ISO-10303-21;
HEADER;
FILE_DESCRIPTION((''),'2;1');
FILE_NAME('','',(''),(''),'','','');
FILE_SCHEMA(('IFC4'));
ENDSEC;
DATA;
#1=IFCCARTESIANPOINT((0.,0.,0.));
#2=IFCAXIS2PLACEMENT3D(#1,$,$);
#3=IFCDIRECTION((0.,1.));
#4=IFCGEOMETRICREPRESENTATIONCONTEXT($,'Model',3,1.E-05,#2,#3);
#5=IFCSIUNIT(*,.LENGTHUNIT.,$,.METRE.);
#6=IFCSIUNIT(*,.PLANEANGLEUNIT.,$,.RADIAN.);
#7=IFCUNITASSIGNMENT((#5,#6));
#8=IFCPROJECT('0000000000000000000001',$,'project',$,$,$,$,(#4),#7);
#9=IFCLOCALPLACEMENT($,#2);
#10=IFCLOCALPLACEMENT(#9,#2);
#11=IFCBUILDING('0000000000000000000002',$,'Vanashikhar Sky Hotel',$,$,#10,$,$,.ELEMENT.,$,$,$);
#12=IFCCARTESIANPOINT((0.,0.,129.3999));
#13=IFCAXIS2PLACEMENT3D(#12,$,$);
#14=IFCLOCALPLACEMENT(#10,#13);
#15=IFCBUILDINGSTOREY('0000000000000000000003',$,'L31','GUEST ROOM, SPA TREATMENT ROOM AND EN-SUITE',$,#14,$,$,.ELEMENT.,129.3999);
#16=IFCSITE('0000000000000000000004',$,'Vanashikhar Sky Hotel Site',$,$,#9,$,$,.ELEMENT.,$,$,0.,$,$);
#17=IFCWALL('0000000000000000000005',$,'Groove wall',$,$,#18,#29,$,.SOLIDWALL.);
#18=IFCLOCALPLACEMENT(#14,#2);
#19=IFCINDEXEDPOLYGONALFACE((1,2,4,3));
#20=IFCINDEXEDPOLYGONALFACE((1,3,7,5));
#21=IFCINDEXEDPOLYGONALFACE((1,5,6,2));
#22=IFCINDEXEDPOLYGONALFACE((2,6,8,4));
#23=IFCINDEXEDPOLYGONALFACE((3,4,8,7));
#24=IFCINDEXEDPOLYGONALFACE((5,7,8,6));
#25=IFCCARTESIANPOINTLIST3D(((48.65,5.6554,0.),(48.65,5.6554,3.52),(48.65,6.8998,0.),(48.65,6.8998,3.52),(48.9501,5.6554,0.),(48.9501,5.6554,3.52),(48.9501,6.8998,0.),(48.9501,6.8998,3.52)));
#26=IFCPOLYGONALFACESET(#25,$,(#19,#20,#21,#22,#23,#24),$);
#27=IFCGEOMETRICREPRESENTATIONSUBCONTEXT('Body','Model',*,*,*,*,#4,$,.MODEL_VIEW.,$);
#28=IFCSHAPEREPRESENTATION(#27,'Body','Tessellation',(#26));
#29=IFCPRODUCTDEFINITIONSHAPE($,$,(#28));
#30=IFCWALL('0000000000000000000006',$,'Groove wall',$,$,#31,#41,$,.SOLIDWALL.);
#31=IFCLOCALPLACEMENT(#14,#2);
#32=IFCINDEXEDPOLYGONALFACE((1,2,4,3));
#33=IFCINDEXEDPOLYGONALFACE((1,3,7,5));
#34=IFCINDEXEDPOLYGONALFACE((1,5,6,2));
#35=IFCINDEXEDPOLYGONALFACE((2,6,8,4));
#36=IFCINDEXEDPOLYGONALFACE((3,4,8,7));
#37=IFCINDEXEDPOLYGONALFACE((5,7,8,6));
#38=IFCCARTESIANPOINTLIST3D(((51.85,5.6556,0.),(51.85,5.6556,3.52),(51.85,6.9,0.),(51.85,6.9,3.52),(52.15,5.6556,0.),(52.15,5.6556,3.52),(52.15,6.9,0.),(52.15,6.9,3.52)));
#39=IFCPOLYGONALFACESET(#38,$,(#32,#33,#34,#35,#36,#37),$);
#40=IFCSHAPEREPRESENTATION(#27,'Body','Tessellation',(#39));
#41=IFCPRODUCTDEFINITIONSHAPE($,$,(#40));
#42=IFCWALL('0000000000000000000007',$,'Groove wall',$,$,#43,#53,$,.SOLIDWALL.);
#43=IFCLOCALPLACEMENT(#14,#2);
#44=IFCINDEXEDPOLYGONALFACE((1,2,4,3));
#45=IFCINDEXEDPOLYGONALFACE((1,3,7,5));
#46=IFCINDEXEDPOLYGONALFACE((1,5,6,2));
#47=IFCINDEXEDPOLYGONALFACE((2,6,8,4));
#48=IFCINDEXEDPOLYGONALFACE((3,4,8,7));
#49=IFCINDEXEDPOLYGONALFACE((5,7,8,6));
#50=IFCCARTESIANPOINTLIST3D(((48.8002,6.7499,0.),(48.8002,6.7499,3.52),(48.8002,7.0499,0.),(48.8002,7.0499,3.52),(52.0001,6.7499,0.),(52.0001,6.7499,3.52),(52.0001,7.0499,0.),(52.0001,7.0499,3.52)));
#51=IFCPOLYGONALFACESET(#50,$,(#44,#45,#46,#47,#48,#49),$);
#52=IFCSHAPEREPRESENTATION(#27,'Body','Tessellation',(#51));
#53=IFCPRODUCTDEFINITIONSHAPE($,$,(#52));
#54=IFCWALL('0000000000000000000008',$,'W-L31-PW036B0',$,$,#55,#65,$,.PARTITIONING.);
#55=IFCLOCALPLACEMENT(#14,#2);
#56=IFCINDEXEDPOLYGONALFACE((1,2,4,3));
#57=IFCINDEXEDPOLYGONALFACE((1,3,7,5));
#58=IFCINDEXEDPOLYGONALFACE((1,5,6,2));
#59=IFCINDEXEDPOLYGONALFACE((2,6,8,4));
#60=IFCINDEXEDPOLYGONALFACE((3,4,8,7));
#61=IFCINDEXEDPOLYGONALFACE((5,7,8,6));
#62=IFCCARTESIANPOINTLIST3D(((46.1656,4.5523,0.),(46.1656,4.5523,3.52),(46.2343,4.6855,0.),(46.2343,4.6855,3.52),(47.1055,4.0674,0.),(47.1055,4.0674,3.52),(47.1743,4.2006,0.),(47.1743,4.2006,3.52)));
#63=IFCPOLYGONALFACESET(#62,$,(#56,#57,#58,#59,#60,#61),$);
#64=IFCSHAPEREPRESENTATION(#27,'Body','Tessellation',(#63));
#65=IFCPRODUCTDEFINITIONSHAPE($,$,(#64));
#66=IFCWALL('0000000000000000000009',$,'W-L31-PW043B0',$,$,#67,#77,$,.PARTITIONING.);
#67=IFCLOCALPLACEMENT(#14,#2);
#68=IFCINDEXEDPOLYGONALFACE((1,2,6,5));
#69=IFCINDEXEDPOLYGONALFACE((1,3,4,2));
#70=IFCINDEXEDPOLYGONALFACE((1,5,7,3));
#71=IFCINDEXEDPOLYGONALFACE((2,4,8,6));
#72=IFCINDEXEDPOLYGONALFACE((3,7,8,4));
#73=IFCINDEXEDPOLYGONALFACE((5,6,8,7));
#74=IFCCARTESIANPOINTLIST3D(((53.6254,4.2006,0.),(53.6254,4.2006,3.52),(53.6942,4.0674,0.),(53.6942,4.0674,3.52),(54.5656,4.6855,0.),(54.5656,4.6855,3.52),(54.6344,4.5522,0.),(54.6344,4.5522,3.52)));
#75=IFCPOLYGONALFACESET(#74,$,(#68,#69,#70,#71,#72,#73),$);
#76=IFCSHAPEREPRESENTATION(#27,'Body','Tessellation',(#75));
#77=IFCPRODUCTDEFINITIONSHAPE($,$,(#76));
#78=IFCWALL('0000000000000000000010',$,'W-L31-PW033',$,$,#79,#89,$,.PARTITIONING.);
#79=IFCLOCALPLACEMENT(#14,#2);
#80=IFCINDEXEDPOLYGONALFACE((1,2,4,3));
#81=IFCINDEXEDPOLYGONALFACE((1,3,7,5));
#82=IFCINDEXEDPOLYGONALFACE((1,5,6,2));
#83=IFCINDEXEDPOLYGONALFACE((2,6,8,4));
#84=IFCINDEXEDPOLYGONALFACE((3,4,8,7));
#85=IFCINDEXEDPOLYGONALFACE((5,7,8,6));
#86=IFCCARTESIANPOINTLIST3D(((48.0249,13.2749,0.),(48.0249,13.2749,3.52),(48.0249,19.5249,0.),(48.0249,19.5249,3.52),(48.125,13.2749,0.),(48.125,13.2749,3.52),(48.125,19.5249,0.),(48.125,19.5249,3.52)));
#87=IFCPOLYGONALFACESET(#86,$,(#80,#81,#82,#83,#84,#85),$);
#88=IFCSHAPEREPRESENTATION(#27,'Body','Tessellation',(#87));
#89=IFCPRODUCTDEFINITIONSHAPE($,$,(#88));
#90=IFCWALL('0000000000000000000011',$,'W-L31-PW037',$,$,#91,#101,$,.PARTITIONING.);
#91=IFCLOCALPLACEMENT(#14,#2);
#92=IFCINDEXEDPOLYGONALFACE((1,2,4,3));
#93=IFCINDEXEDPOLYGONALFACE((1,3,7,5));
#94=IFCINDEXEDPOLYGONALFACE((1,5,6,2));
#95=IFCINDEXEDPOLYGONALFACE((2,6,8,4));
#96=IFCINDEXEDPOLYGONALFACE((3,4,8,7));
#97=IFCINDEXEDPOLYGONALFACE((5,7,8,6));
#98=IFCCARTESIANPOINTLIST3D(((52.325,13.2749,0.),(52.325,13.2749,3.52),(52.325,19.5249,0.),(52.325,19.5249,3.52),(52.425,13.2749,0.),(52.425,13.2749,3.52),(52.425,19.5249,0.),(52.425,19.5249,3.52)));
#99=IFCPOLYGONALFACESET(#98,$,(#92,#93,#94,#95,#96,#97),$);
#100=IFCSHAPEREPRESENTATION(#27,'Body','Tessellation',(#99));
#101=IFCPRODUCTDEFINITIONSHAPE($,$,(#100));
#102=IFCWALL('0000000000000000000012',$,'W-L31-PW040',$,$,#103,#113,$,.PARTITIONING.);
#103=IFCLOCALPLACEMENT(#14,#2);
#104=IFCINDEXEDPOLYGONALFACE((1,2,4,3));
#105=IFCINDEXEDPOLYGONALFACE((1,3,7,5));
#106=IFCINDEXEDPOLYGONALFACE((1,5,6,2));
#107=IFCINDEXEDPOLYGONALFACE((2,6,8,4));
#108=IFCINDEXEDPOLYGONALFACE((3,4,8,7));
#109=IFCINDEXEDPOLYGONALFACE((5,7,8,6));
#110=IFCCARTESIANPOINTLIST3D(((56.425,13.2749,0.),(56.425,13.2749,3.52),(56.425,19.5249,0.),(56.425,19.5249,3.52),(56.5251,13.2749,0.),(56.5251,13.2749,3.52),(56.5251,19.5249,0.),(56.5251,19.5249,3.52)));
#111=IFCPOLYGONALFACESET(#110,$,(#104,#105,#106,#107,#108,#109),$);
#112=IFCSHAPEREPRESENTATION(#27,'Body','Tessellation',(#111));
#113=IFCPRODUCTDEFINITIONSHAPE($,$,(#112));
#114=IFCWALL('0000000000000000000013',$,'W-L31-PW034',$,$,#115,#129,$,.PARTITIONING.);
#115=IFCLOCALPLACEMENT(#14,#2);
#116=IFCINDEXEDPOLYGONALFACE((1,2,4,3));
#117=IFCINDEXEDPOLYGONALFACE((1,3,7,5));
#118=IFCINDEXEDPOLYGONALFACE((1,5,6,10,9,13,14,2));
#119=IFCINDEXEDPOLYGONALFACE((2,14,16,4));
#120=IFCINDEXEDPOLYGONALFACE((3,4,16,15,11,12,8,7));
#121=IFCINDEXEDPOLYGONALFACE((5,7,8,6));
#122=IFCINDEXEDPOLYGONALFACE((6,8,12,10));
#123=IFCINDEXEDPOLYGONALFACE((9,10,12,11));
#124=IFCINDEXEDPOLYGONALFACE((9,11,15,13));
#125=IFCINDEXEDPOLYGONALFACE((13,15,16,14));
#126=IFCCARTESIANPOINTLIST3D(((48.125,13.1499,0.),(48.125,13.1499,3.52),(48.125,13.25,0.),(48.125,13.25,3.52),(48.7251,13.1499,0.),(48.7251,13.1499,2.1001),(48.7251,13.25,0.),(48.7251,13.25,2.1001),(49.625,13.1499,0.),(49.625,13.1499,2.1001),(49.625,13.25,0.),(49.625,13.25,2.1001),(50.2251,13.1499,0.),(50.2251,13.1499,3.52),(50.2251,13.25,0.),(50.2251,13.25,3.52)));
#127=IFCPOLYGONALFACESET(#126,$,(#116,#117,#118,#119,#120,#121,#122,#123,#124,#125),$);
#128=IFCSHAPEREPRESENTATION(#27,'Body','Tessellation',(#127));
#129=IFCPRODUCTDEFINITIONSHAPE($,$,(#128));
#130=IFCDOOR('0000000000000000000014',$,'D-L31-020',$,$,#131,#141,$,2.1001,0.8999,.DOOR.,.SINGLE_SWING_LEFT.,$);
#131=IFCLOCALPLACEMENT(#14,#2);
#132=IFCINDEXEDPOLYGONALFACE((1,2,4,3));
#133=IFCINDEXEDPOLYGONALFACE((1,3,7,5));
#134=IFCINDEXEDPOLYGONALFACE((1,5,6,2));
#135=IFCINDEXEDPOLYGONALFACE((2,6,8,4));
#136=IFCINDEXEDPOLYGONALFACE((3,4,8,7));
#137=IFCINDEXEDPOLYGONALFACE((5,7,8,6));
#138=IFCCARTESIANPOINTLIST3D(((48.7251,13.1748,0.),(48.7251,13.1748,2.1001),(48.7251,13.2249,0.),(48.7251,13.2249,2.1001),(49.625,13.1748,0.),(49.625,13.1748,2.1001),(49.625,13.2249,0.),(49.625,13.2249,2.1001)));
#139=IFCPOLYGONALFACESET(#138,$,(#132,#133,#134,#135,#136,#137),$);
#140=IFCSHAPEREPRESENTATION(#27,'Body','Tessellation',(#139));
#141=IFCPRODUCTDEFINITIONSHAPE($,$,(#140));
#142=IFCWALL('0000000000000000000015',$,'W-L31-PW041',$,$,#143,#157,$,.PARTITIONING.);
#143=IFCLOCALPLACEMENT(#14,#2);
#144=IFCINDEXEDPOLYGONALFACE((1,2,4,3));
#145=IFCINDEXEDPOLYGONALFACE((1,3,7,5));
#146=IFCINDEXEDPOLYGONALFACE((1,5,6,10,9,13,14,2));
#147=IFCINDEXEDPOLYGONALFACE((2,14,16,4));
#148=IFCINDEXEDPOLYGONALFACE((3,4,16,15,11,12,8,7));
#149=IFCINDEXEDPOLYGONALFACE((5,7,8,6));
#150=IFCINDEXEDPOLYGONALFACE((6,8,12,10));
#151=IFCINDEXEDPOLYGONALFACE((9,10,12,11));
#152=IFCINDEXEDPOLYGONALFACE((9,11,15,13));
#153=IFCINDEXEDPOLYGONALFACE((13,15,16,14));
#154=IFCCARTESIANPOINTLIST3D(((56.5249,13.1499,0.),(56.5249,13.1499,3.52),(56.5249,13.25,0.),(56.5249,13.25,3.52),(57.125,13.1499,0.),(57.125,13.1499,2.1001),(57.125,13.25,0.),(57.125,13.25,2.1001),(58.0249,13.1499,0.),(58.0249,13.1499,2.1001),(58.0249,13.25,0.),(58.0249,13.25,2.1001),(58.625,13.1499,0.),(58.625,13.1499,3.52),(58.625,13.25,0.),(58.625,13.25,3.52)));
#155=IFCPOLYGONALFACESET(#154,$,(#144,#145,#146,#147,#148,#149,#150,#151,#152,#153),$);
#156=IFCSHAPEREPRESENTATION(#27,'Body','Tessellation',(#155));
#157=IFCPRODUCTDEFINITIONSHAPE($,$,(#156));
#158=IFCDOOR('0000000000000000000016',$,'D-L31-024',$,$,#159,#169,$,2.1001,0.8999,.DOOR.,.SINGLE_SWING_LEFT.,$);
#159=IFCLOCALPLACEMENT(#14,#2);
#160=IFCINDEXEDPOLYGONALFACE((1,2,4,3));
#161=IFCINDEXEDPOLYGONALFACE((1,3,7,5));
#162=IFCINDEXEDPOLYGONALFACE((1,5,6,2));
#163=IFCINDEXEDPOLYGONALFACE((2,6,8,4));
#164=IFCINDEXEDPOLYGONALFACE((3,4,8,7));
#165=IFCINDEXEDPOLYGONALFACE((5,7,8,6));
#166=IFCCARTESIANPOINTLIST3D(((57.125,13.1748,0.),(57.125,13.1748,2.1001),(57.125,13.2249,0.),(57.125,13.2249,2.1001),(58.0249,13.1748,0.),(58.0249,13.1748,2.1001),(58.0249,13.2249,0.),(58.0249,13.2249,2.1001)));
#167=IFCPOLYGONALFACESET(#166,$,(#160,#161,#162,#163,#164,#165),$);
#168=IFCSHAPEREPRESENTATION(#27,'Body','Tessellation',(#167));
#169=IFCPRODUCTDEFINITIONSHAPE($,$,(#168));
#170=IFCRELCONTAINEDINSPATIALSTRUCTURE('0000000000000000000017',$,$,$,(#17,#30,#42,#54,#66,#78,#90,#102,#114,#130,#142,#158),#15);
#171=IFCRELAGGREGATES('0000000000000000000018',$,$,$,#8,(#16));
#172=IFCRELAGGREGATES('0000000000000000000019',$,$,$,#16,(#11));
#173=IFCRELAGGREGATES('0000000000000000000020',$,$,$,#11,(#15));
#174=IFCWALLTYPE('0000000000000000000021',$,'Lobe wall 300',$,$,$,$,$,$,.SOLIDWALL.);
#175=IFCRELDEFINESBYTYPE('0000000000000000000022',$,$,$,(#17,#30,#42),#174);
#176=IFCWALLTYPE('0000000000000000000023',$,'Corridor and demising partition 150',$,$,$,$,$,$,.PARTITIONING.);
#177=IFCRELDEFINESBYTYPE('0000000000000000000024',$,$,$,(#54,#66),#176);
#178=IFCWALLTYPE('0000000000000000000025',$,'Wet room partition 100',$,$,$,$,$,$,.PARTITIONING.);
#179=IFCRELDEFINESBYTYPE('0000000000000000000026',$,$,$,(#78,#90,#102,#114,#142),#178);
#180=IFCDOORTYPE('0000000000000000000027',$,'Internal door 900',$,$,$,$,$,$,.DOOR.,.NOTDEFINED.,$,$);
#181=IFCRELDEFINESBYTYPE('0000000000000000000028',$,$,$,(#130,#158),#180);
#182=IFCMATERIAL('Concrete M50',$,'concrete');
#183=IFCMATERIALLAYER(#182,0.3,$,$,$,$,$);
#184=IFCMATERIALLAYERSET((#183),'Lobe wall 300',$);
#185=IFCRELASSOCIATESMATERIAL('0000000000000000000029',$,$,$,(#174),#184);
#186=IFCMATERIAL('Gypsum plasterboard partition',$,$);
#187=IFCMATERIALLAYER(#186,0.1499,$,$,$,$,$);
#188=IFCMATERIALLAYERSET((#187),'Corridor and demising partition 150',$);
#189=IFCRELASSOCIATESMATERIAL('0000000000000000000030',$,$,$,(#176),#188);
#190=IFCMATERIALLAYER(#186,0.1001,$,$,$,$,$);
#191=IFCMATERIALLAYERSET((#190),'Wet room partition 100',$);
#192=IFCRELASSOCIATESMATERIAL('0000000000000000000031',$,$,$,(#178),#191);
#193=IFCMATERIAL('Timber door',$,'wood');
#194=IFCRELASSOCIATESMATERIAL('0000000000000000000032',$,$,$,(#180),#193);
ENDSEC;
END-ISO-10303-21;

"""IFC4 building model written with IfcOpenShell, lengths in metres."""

from ifc_helpers import new_model, si_unit, direction, frame, frame_2d, origin, place, context, subcontext, project, spatial, rectangle, extrude, source, transform, mapped, material, layer, layer_set, type_object, element, fill, save


model = new_model("IFC4")

# Units and contexts
model_context = context("Model", 3, precision=1e-05, world=origin(), true_north=direction((0.0, 1.0)))
body_context = subcontext(model_context, "Body", "Model", "MODEL_VIEW")
ifc_project = project(units=[si_unit("LENGTHUNIT", "METRE"), si_unit("PLANEANGLEUNIT", "RADIAN")], contexts=[model_context])

# Site, building, storey
site_placement = place(None, origin())
site = spatial("IfcSite", under=ifc_project, at=site_placement, Name="Vanashikhar Sky Hotel Site", CompositionType="ELEMENT", RefElevation=0.0)
building_placement = place(site_placement, origin())
building = spatial("IfcBuilding", under=site, at=building_placement, Name="Vanashikhar Sky Hotel", CompositionType="ELEMENT")
storey_placement = place(building_placement, frame((0.0, 0.0, 129.3999)))
storey = spatial("IfcBuildingStorey", under=building, at=storey_placement, Name="L31", Description="GUEST ROOM, SPA TREATMENT ROOM AND EN-SUITE", CompositionType="ELEMENT", Elevation=129.3999)

# Shared definitions
ifc_material_1 = material(Name="Concrete M50", Category="concrete")
ifc_layer_1 = layer(ifc_material_1, 0.3)
ifc_layer_set_1 = layer_set([ifc_layer_1], Name="Lobe wall 300")
wall_type_1 = type_object("IfcWallType", Name="Lobe wall 300", PredefinedType="SOLIDWALL", material=ifc_layer_set_1)

# Walls
shared_shape_1 = source(origin(), body_context, "Body", "SweptSolid", [
    extrude(rectangle(XDim=1.2444, YDim=0.3, at=frame_2d((0.6221, 0.0))), origin(), (0.0, 0.0, 1.0), 3.52),
])
for number, where, z_axis, x_axis, name in (
    (1, (48.8, 5.6555, 0.0), (0.0, 0.0, 1.0), (0.0, 1.0, 0.0), "Groove wall"),
    (2, (52.0, 6.8999, 0.0), (0.0, 0.0, 1.0), (0.0, -1.0, 0.0), "Groove wall"),
):
    element("IfcWall", number, at=place(storey_placement, frame(where, z_axis=z_axis, x_axis=x_axis)), inside=storey, type_object=wall_type_1, Name=name, PredefinedType="SOLIDWALL", context=body_context, shape_type="MappedRepresentation", body=[
        mapped(shared_shape_1, transform((0.0, 0.0, 0.0), scale=1.0)),
    ])
shared_shape_2 = source(origin(), body_context, "Body", "SweptSolid", [
    extrude(rectangle(XDim=3.2, YDim=0.3, at=frame_2d((1.6001, 0.0))), origin(), (0.0, 0.0, 1.0), 3.52),
])
wall_1_placement = place(storey_placement, frame((48.8, 6.8999, 0.0), z_axis=(0.0, 0.0, 1.0), x_axis=(1.0, 0.0, 0.0)))
element("IfcWall", 3, at=wall_1_placement, inside=storey, type_object=wall_type_1, Name="Groove wall", PredefinedType="SOLIDWALL", context=body_context, shape_type="MappedRepresentation", body=[
    mapped(shared_shape_2, transform((0.0, 0.0, 0.0), scale=1.0)),
])
ifc_material_2 = material(Name="Gypsum plasterboard partition")
ifc_layer_2 = layer(ifc_material_2, 0.1499)
ifc_layer_set_2 = layer_set([ifc_layer_2], Name="Corridor and demising partition 150")
wall_type_2 = type_object("IfcWallType", Name="Corridor and demising partition 150", PredefinedType="PARTITIONING", material=ifc_layer_set_2)
shared_shape_3 = source(origin(), body_context, "Body", "SweptSolid", [
    extrude(rectangle(XDim=1.0576, YDim=0.1499, at=frame_2d((0.5288, 0.0))), origin(), (0.0, 0.0, 1.0), 3.52),
])
wall_2_placement = place(storey_placement, frame((47.1399, 4.134, 0.0), z_axis=(0.0, 0.0, 1.0), x_axis=(-0.888724, 0.458443, 0.0)))
element("IfcWall", 4, at=wall_2_placement, inside=storey, type_object=wall_type_2, Name="W-L31-PW036B0", PredefinedType="PARTITIONING", context=body_context, shape_type="MappedRepresentation", body=[
    mapped(shared_shape_3, transform((0.0, 0.0, 0.0), scale=1.0)),
])
shared_shape_4 = source(origin(), body_context, "Body", "SweptSolid", [
    extrude(rectangle(XDim=1.0579, YDim=0.1499, at=frame_2d((0.5288, 0.0))), origin(), (0.0, 0.0, 1.0), 3.52),
])
wall_3_placement = place(storey_placement, frame((53.6599, 4.134, 0.0), z_axis=(0.0, 0.0, 1.0), x_axis=(0.888772, 0.458349, 0.0)))
element("IfcWall", 5, at=wall_3_placement, inside=storey, type_object=wall_type_2, Name="W-L31-PW043B0", PredefinedType="PARTITIONING", context=body_context, shape_type="MappedRepresentation", body=[
    mapped(shared_shape_4, transform((0.0, 0.0, 0.0), scale=1.0)),
])
ifc_layer_3 = layer(ifc_material_2, 0.1001)
ifc_layer_set_3 = layer_set([ifc_layer_3], Name="Wet room partition 100")
wall_type_3 = type_object("IfcWallType", Name="Wet room partition 100", PredefinedType="PARTITIONING", material=ifc_layer_set_3)
shared_shape_5 = source(origin(), body_context, "Body", "SweptSolid", [
    extrude(rectangle(XDim=6.25, YDim=0.1001, at=frame_2d((3.125, 0.0))), origin(), (0.0, 0.0, 1.0), 3.52),
])
for number, where, z_axis, x_axis, name in (
    (6, (48.075, 13.2749, 0.0), (0.0, 0.0, 1.0), (0.0, 1.0, 0.0), "W-L31-PW033"),
    (7, (52.375, 13.2749, 0.0), (0.0, 0.0, 1.0), (0.0, 1.0, 0.0), "W-L31-PW037"),
    (8, (56.4751, 13.2749, 0.0), (0.0, 0.0, 1.0), (0.0, 1.0, 0.0), "W-L31-PW040"),
):
    element("IfcWall", number, at=place(storey_placement, frame(where, z_axis=z_axis, x_axis=x_axis)), inside=storey, type_object=wall_type_3, Name=name, PredefinedType="PARTITIONING", context=body_context, shape_type="MappedRepresentation", body=[
        mapped(shared_shape_5, transform((0.0, 0.0, 0.0), scale=1.0)),
    ])

# Walls, openings, doors
shared_shape_6 = source(origin(), body_context, "Body", "SweptSolid", [
    extrude(rectangle(XDim=2.1001, YDim=0.1001, at=frame_2d((1.05, 0.0))), origin(), (0.0, 0.0, 1.0), 3.52),
])
wall_4_placement = place(storey_placement, frame((48.125, 13.2, 0.0), z_axis=(0.0, 0.0, 1.0), x_axis=(1.0, 0.0, 0.0)))
wall_4 = element("IfcWall", 9, at=wall_4_placement, inside=storey, type_object=wall_type_3, Name="W-L31-PW034", PredefinedType="PARTITIONING", context=body_context, shape_type="MappedRepresentation", body=[
    mapped(shared_shape_6, transform((0.0, 0.0, 0.0), scale=1.0)),
])
shared_shape_7 = source(origin(), body_context, "Body", "SweptSolid", [
    extrude(rectangle(XDim=0.8999, YDim=2.1001, at=frame_2d((0.45, 1.05))), frame((0.0, 0.0601, 0.0), z_axis=(0.0, -1.0, 0.0), x_axis=(1.0, 0.0, 0.0)), (0.0, 0.0, 1.0), 0.1201),
])
opening_1_placement = place(wall_4_placement, frame((0.6001, 0.0, 0.0)))
opening_1 = element("IfcOpeningElement", 10, at=opening_1_placement, cuts=wall_4, PredefinedType="OPENING", context=body_context, shape_type="MappedRepresentation", body=[
    mapped(shared_shape_7, transform((0.0, 0.0, 0.0), scale=1.0)),
])
ifc_material_3 = material(Name="Timber door", Category="wood")
door_type = type_object("IfcDoorType", Name="Internal door 900", OperationType="NOTDEFINED", PredefinedType="DOOR", material=ifc_material_3)
shared_shape_8 = source(origin(), body_context, "Body", "SweptSolid", [
    extrude(rectangle(XDim=0.8999, YDim=2.1001, at=frame_2d((0.45, 1.05))), frame((0.0, 0.0249, 0.0), z_axis=(0.0, -1.0, 0.0), x_axis=(1.0, 0.0, 0.0)), (0.0, 0.0, 1.0), 0.05),
])
door_1_placement = place(opening_1_placement, origin())
door_1 = element("IfcDoor", 11, at=door_1_placement, inside=storey, type_object=door_type, Name="D-L31-020", OperationType="SINGLE_SWING_LEFT", OverallHeight=2.1001, OverallWidth=0.8999, PredefinedType="DOOR", context=body_context, shape_type="MappedRepresentation", body=[
    mapped(shared_shape_8, transform((0.0, 0.0, 0.0), scale=1.0)),
])
fill(opening_1, door_1)
wall_5_placement = place(storey_placement, frame((56.5249, 13.2, 0.0), z_axis=(0.0, 0.0, 1.0), x_axis=(1.0, 0.0, 0.0)))
wall_5 = element("IfcWall", 12, at=wall_5_placement, inside=storey, type_object=wall_type_3, Name="W-L31-PW041", PredefinedType="PARTITIONING", context=body_context, shape_type="MappedRepresentation", body=[
    mapped(shared_shape_6, transform((0.0, 0.0, 0.0), scale=1.0)),
])
opening_2_placement = place(wall_5_placement, frame((0.6001, 0.0, 0.0)))
opening_2 = element("IfcOpeningElement", 13, at=opening_2_placement, cuts=wall_5, PredefinedType="OPENING", context=body_context, shape_type="MappedRepresentation", body=[
    mapped(shared_shape_7, transform((0.0, 0.0, 0.0), scale=1.0)),
])
door_2_placement = place(opening_2_placement, origin())
door_2 = element("IfcDoor", 14, at=door_2_placement, inside=storey, type_object=door_type, Name="D-L31-024", OperationType="SINGLE_SWING_LEFT", OverallHeight=2.1001, OverallWidth=0.8999, PredefinedType="DOOR", context=body_context, shape_type="MappedRepresentation", body=[
    mapped(shared_shape_8, transform((0.0, 0.0, 0.0), scale=1.0)),
])
fill(opening_2, door_2)

save(model, "model.ifc")
